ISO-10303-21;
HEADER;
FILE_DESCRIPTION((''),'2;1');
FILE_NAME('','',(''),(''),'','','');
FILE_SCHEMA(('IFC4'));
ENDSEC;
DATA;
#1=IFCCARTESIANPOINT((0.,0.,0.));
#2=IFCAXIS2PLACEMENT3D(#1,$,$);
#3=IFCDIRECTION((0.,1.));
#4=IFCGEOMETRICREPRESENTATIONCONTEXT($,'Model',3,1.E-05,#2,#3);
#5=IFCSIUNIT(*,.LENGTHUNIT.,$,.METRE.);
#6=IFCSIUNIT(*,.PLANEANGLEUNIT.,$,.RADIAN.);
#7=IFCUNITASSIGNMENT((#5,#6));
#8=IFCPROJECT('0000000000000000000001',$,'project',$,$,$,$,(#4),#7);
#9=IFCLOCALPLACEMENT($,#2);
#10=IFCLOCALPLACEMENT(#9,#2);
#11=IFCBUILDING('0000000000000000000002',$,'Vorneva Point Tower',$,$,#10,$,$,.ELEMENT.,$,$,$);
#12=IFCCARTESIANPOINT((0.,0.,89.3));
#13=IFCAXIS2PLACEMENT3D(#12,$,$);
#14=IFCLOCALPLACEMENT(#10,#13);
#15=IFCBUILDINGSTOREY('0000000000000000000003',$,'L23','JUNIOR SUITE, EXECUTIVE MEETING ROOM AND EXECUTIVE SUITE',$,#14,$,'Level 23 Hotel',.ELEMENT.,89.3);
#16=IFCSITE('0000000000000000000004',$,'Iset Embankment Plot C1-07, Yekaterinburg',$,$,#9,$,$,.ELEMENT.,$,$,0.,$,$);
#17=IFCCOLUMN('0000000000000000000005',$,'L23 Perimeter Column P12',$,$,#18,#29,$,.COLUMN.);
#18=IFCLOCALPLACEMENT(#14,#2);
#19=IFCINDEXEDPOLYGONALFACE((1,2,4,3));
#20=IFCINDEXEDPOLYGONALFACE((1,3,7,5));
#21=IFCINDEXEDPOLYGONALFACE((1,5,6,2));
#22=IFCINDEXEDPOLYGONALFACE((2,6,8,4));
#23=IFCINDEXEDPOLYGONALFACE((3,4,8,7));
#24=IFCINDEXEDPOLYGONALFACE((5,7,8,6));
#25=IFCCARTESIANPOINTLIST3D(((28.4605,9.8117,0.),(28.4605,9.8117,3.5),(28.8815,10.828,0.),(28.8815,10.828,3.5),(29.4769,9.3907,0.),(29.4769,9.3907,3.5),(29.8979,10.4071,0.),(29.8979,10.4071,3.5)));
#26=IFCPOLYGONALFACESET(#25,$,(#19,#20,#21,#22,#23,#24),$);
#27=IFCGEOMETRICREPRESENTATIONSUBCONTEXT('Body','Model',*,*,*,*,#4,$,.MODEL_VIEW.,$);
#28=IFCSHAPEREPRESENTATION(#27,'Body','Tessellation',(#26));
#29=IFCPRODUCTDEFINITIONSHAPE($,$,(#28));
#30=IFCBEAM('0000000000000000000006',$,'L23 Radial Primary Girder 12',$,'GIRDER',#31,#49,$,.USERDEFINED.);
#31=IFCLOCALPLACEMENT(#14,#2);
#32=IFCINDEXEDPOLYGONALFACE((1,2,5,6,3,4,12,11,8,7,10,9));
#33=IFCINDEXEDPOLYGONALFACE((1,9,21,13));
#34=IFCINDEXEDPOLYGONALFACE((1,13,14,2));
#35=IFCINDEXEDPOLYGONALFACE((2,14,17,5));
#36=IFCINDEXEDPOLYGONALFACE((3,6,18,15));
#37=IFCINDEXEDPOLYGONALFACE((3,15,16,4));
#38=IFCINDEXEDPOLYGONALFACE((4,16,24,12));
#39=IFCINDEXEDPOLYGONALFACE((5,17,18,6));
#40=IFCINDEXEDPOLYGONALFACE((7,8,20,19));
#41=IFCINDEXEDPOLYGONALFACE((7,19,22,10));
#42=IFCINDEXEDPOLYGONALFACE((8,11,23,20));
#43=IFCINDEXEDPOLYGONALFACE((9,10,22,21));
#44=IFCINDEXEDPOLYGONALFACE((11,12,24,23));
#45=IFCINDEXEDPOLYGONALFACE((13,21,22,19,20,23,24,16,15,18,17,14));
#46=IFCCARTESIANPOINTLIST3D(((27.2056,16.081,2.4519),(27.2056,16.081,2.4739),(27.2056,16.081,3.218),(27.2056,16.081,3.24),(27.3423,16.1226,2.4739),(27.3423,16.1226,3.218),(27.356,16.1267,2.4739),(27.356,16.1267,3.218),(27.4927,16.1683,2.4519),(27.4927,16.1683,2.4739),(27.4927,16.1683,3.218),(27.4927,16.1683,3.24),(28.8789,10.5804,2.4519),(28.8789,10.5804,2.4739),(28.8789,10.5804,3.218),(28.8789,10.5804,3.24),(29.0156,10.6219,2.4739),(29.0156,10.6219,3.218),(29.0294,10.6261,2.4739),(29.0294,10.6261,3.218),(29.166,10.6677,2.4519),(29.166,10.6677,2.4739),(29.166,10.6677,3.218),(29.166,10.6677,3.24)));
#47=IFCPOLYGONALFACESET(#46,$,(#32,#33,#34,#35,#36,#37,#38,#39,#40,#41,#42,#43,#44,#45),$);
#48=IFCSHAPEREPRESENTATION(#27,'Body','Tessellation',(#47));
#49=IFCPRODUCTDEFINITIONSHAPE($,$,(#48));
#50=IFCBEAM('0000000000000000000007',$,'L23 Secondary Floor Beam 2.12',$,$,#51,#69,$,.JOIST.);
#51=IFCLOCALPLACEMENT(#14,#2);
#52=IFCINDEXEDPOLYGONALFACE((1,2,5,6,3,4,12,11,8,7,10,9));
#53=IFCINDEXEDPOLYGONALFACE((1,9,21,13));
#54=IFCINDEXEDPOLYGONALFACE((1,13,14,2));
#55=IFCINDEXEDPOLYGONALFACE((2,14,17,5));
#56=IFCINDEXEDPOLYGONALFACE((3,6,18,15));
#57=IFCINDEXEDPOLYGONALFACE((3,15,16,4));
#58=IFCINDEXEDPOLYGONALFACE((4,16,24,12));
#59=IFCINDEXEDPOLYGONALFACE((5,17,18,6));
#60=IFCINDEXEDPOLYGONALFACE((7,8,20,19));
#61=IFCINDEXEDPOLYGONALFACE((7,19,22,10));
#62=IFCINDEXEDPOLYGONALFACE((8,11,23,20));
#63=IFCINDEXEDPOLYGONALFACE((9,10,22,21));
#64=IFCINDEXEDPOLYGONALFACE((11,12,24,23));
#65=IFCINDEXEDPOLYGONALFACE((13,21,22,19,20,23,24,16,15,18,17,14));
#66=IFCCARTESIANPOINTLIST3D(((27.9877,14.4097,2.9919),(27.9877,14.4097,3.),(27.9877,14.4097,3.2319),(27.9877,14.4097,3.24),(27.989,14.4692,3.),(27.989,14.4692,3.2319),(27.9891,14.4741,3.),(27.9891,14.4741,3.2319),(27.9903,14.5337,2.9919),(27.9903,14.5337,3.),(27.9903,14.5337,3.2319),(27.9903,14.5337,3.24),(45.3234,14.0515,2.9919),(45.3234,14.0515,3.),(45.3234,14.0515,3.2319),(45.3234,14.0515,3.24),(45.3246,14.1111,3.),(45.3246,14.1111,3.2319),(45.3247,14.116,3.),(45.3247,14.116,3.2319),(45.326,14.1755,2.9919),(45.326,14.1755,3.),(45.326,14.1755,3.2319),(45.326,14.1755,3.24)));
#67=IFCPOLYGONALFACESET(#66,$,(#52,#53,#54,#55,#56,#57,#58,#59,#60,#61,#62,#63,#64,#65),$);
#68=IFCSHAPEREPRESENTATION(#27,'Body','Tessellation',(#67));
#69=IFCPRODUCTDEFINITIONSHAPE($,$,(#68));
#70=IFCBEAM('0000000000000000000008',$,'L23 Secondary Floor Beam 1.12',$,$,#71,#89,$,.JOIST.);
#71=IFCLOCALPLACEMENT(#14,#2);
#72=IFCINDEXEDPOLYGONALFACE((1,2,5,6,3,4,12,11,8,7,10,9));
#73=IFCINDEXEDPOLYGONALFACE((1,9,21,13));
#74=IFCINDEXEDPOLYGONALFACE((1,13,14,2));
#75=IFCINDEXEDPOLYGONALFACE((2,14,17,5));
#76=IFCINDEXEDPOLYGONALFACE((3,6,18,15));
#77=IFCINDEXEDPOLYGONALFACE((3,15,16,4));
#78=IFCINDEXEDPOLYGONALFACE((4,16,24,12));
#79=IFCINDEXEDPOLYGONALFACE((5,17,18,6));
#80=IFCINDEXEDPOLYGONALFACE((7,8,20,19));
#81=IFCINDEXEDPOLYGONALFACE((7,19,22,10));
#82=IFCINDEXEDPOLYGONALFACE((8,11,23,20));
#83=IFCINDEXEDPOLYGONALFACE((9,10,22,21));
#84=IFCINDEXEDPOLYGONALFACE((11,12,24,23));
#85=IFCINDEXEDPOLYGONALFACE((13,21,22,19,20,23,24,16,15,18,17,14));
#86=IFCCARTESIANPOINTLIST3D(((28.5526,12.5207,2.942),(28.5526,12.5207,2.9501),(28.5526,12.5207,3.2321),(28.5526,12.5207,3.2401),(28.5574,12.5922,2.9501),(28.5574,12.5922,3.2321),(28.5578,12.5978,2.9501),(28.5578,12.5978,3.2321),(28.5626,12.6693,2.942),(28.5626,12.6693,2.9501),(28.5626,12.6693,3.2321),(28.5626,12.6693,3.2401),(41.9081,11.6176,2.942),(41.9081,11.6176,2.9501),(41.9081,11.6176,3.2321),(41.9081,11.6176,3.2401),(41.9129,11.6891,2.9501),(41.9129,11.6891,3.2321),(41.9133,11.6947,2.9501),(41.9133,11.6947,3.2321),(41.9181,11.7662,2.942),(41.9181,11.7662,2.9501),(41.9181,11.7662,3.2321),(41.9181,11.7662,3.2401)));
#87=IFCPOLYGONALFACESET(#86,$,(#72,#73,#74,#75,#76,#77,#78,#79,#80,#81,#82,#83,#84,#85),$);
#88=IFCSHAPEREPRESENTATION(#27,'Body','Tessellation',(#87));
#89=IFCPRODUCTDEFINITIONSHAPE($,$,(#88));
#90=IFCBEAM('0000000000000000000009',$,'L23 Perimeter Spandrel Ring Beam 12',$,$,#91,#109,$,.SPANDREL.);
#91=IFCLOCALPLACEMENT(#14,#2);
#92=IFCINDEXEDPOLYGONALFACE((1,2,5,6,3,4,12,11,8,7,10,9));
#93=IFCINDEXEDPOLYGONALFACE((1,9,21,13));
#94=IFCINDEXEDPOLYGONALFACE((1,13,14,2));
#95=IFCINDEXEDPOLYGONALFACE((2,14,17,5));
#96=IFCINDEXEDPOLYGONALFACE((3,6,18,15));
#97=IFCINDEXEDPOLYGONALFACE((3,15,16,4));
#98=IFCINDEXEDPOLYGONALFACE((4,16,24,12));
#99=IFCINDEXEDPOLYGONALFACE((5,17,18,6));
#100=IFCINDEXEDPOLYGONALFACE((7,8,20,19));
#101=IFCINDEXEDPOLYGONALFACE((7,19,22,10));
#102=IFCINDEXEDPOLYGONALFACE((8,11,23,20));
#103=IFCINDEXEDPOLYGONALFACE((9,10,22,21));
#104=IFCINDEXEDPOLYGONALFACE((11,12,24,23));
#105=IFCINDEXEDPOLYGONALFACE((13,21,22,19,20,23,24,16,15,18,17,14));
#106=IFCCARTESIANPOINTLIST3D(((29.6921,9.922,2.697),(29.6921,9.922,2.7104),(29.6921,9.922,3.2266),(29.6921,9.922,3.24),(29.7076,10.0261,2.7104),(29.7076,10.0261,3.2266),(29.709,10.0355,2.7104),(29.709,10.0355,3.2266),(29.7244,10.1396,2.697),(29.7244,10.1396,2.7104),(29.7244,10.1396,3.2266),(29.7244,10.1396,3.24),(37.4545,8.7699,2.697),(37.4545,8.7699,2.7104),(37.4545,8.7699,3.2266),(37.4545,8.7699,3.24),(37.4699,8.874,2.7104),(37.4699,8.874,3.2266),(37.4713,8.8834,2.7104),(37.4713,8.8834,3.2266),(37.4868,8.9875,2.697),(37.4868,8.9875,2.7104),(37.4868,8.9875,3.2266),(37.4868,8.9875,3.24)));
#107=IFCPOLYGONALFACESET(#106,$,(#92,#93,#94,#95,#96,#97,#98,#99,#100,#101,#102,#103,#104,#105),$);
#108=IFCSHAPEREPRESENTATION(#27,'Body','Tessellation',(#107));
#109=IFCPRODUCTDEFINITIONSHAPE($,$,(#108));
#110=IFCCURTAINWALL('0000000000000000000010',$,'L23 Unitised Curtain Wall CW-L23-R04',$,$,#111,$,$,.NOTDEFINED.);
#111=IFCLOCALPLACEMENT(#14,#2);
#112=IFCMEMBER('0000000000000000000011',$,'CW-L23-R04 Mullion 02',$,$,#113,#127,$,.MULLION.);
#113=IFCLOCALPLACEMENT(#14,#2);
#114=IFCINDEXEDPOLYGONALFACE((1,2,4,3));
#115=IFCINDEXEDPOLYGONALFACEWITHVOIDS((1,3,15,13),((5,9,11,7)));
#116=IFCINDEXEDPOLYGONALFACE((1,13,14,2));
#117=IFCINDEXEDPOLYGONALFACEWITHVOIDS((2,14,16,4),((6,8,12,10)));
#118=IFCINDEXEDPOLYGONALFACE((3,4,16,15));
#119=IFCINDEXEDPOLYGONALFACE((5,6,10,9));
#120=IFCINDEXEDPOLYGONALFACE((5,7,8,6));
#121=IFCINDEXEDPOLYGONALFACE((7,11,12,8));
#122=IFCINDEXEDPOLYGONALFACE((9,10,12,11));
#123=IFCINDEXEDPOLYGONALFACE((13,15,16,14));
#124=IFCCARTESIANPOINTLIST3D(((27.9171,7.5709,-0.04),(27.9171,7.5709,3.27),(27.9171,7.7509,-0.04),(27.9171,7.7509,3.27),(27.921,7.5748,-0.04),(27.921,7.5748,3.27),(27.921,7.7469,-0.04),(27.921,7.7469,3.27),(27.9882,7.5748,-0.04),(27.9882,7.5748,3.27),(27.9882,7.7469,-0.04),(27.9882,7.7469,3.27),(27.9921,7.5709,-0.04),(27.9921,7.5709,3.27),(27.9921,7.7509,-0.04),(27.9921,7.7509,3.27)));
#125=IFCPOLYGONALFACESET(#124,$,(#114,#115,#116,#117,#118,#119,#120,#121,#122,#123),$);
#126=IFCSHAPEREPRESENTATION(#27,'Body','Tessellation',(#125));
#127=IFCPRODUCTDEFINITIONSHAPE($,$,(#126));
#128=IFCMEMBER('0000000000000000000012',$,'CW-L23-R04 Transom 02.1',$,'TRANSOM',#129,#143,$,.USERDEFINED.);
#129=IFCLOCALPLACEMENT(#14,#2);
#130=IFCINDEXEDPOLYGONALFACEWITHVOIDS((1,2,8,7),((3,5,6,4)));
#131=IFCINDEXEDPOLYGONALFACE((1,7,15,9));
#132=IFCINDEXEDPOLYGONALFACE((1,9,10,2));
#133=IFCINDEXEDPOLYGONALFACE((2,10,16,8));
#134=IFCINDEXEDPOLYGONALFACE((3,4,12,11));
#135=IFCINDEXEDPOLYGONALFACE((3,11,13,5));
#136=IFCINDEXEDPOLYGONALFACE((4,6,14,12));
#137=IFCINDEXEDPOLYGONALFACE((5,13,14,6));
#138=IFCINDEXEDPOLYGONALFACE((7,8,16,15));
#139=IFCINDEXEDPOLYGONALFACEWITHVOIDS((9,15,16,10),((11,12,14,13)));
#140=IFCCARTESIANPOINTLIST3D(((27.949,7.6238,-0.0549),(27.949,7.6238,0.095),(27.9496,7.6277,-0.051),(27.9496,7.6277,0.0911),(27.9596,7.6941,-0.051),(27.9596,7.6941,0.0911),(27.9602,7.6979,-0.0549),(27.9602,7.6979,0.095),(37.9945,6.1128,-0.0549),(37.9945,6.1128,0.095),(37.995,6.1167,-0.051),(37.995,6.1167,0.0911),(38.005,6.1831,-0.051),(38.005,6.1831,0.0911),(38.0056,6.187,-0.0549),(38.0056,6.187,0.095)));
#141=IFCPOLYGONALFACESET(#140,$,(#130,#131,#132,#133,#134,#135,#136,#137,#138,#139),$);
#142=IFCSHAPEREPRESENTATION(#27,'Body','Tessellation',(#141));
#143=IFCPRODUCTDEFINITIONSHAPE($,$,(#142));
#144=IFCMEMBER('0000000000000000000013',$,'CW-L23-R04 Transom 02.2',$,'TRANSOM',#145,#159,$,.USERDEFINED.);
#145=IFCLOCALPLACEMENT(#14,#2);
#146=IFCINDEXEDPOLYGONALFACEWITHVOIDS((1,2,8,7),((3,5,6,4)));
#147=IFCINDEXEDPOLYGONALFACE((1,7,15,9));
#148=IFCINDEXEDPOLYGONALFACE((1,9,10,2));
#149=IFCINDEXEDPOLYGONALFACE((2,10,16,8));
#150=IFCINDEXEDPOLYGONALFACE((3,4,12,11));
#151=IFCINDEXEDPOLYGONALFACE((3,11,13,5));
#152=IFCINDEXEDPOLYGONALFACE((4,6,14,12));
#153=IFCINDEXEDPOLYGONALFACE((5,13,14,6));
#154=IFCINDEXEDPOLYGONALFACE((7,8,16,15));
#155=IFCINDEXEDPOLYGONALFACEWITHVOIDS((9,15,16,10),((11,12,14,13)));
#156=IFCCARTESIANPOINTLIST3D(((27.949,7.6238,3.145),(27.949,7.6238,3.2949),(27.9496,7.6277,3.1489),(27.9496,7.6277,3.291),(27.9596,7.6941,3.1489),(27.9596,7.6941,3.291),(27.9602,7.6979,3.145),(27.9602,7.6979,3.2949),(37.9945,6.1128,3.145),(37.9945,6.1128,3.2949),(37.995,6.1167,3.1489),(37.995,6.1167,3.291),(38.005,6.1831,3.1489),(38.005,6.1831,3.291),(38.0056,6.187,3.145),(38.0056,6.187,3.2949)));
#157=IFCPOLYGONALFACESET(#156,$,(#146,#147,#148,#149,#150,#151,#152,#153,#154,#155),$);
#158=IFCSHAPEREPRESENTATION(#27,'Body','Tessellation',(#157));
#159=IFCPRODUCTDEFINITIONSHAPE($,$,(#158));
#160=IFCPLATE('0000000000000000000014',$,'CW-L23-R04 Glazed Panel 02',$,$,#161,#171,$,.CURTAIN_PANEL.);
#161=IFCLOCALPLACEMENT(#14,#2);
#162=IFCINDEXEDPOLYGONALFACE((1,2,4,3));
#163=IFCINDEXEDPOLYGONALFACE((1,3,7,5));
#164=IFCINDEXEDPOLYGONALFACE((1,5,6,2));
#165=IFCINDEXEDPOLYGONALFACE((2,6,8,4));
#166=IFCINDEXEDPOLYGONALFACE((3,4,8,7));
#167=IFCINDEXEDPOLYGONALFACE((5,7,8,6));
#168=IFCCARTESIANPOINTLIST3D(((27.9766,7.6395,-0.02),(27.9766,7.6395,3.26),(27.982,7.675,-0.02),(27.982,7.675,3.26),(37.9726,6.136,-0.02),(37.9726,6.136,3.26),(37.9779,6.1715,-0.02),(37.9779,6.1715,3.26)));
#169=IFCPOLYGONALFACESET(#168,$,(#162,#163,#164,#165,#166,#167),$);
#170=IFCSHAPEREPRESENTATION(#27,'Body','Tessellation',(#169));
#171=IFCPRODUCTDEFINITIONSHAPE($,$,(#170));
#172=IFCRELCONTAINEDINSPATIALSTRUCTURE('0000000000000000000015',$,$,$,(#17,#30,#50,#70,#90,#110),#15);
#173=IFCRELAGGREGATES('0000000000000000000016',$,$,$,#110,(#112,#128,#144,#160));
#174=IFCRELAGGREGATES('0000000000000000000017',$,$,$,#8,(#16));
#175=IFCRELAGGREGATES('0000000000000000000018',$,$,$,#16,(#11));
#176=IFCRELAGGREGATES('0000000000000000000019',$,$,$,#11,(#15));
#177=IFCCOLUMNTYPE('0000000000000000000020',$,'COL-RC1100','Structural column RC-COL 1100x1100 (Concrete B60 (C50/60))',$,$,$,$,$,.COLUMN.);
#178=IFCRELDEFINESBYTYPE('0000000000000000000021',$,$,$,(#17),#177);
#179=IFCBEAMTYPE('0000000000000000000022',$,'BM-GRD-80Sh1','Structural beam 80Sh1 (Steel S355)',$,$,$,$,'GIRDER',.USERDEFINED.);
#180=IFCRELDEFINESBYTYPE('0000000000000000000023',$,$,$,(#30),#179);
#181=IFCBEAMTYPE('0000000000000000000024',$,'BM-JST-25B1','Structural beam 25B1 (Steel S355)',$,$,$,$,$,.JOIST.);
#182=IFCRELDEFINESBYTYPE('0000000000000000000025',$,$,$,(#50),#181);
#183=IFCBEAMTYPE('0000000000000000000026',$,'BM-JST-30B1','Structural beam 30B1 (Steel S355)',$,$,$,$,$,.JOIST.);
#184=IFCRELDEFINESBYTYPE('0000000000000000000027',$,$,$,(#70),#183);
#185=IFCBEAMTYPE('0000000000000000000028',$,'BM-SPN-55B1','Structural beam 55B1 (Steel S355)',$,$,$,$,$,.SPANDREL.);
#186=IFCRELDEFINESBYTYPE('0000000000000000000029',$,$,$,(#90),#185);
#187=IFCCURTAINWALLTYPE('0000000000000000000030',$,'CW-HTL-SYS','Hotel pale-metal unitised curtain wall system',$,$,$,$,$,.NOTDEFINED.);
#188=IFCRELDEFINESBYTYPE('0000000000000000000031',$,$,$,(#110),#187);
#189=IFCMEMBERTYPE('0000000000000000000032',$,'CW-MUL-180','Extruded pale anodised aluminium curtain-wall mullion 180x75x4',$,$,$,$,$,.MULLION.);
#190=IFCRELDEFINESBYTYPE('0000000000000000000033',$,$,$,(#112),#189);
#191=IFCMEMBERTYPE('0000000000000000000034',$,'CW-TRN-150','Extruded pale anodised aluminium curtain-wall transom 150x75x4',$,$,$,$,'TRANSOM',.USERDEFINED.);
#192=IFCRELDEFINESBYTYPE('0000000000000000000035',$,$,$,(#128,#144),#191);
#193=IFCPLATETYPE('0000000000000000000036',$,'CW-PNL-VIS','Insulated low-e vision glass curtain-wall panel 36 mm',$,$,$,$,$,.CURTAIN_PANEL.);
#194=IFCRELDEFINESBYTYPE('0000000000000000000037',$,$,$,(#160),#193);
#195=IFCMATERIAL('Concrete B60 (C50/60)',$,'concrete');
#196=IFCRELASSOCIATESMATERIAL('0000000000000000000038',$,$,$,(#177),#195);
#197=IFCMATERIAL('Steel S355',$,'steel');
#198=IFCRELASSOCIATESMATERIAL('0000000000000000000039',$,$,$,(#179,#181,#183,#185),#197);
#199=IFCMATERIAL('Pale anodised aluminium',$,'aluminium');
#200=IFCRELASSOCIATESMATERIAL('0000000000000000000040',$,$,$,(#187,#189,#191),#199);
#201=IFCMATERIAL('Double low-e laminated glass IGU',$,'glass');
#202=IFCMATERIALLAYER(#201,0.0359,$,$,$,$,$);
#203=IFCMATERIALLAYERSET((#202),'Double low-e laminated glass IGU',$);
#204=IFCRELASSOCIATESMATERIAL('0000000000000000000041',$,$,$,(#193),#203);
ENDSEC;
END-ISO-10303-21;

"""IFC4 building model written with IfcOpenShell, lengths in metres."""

from ifc_helpers import new_model, si_unit, direction, frame, origin, origin_2d, place, context, subcontext, project, spatial, rectangle, hollow_rectangle, i_section, extrude, material, layer, layer_set, material_profile, profile_set, type_object, element, aggregate, save


model = new_model("IFC4")

# Units and contexts
model_context = context("Model", 3, precision=1e-05, world=origin(), true_north=direction((0.0, 1.0)))
body_context = subcontext(model_context, "Body", "Model", "MODEL_VIEW")
ifc_project = project(units=[si_unit("LENGTHUNIT", "METRE"), si_unit("PLANEANGLEUNIT", "RADIAN")], contexts=[model_context])

# Site, building, storey
site_placement = place(None, origin())
site = spatial("IfcSite", under=ifc_project, at=site_placement, Name="Iset Embankment Plot C1-07, Yekaterinburg", CompositionType="ELEMENT", RefElevation=0.0)
building_placement = place(site_placement, origin())
building = spatial("IfcBuilding", under=site, at=building_placement, Name="Vorneva Point Tower", CompositionType="ELEMENT")
storey_placement = place(building_placement, frame((0.0, 0.0, 89.3)))
storey = spatial("IfcBuildingStorey", under=building, at=storey_placement, Name="L23", Description="JUNIOR SUITE, EXECUTIVE MEETING ROOM AND EXECUTIVE SUITE", LongName="Level 23 Hotel", CompositionType="ELEMENT", Elevation=89.3)

# Column
ifc_material_1 = material(Name="Concrete B60 (C50/60)", Category="concrete")
ifc_material_profile_1 = material_profile(ifc_material_1, rectangle(XDim=1.1001, YDim=1.1001, at=origin_2d()), Name="RC-COL 1100x1100")
ifc_profile_set_1 = profile_set([ifc_material_profile_1], Name="Concrete B60 (C50/60)")
column_type = type_object("IfcColumnType", Name="COL-RC1100", Description="Structural column RC-COL 1100x1100 (Concrete B60 (C50/60))", PredefinedType="COLUMN", material=ifc_profile_set_1)
column_placement = place(storey_placement, frame((29.1792, 10.1094, 0.0), z_axis=(0.0, 0.0, 1.0), x_axis=(-0.382683, -0.92388, 0.0)))
element("IfcColumn", 1, at=column_placement, inside=storey, type_object=column_type, Name="L23 Perimeter Column P12", PredefinedType="COLUMN", context=body_context, shape_type="SweptSolid", body=[
    extrude(rectangle(XDim=1.1001, YDim=1.1001, at=origin_2d()), origin(), (0.0, 0.0, 1.0), 3.5),
])

# Beams
ifc_material_2 = material(Name="Steel S355", Category="steel")
ifc_material_profile_2 = material_profile(ifc_material_2, i_section(OverallWidth=0.3, OverallDepth=0.7881, WebThickness=0.0144, FlangeThickness=0.022, at=origin_2d()), Name="80Sh1")
ifc_profile_set_2 = profile_set([ifc_material_profile_2], Name="Steel S355")
beam_type_1 = type_object("IfcBeamType", Name="BM-GRD-80Sh1", Description="Structural beam 80Sh1 (Steel S355)", ElementType="GIRDER", PredefinedType="USERDEFINED", material=ifc_profile_set_2)
beam_1_placement = place(storey_placement, frame((29.0225, 10.624, 2.8459), z_axis=(-0.291035, 0.956712, 0.0), x_axis=(-0.956712, -0.291035, 0.0)))
element("IfcBeam", 2, at=beam_1_placement, inside=storey, type_object=beam_type_1, Name="L23 Radial Primary Girder 12", ObjectType="GIRDER", PredefinedType="USERDEFINED", context=body_context, shape_type="SweptSolid", body=[
    extrude(i_section(OverallWidth=0.3, OverallDepth=0.7881, WebThickness=0.0144, FlangeThickness=0.022, at=origin_2d()), origin(), (0.0, 0.0, 1.0), 5.7495),
])
ifc_material_profile_3 = material_profile(ifc_material_2, i_section(OverallWidth=0.124, OverallDepth=0.248, WebThickness=0.0049, FlangeThickness=0.0081, at=origin_2d()), Name="25B1")
ifc_profile_set_3 = profile_set([ifc_material_profile_3], Name="Steel S355")
beam_type_2 = type_object("IfcBeamType", Name="BM-JST-25B1", Description="Structural beam 25B1 (Steel S355)", PredefinedType="JOIST", material=ifc_profile_set_3)
beam_2_placement = place(storey_placement, frame((27.989, 14.4717, 3.116), z_axis=(0.999787, -0.020656, 0.0), x_axis=(0.020656, 0.999787, 0.0)))
element("IfcBeam", 3, at=beam_2_placement, inside=storey, type_object=beam_type_2, Name="L23 Secondary Floor Beam 2.12", PredefinedType="JOIST", context=body_context, shape_type="SweptSolid", body=[
    extrude(i_section(OverallWidth=0.124, OverallDepth=0.248, WebThickness=0.0049, FlangeThickness=0.0081, at=origin_2d()), origin(), (0.0, 0.0, 1.0), 17.3394),
])
ifc_material_profile_4 = material_profile(ifc_material_2, i_section(OverallWidth=0.1489, OverallDepth=0.2981, WebThickness=0.0056, FlangeThickness=0.0081, at=origin_2d()), Name="30B1")
ifc_profile_set_4 = profile_set([ifc_material_profile_4], Name="Steel S355")
beam_type_3 = type_object("IfcBeamType", Name="BM-JST-30B1", Description="Structural beam 30B1 (Steel S355)", PredefinedType="JOIST", material=ifc_profile_set_4)
beam_3_placement = place(storey_placement, frame((28.5576, 12.595, 3.0911), z_axis=(0.997722, -0.067464, 0.0), x_axis=(0.067464, 0.997722, 0.0)))
element("IfcBeam", 4, at=beam_3_placement, inside=storey, type_object=beam_type_3, Name="L23 Secondary Floor Beam 1.12", PredefinedType="JOIST", context=body_context, shape_type="SweptSolid", body=[
    extrude(i_section(OverallWidth=0.1489, OverallDepth=0.2981, WebThickness=0.0056, FlangeThickness=0.0081, at=origin_2d()), origin(), (0.0, 0.0, 1.0), 13.386),
])
ifc_material_profile_5 = material_profile(ifc_material_2, i_section(OverallWidth=0.22, OverallDepth=0.543, WebThickness=0.0095, FlangeThickness=0.0134, at=origin_2d()), Name="55B1")
ifc_profile_set_5 = profile_set([ifc_material_profile_5], Name="Steel S355")
beam_type_4 = type_object("IfcBeamType", Name="BM-SPN-55B1", Description="Structural beam 55B1 (Steel S355)", PredefinedType="SPANDREL", material=ifc_profile_set_5)
beam_4_placement = place(storey_placement, frame((29.7083, 10.0308, 2.9685), z_axis=(0.989165, -0.146811, 0.0), x_axis=(0.146811, 0.989165, 0.0)))
element("IfcBeam", 5, at=beam_4_placement, inside=storey, type_object=beam_type_4, Name="L23 Perimeter Spandrel Ring Beam 12", PredefinedType="SPANDREL", context=body_context, shape_type="SweptSolid", body=[
    extrude(i_section(OverallWidth=0.22, OverallDepth=0.543, WebThickness=0.0095, FlangeThickness=0.0134, at=origin_2d()), origin(), (0.0, 0.0, 1.0), 7.8474),
])

# Curtain wall, members, plate
ifc_material_3 = material(Name="Pale anodised aluminium", Category="aluminium")
curtain_wall_type = type_object("IfcCurtainWallType", Name="CW-HTL-SYS", Description="Hotel pale-metal unitised curtain wall system", PredefinedType="NOTDEFINED", material=ifc_material_3)
curtain_wall_placement = place(storey_placement, origin())
curtain_wall = element("IfcCurtainWall", 6, at=curtain_wall_placement, inside=storey, type_object=curtain_wall_type, Name="L23 Unitised Curtain Wall CW-L23-R04", PredefinedType="NOTDEFINED")
ifc_material_profile_6 = material_profile(ifc_material_3, hollow_rectangle(XDim=0.075, YDim=0.1799, WallThickness=0.0039, at=origin_2d()), Name="AL-MUL 180x75x4")
ifc_profile_set_6 = profile_set([ifc_material_profile_6], Name="Pale anodised aluminium")
member_type_1 = type_object("IfcMemberType", Name="CW-MUL-180", Description="Extruded pale anodised aluminium curtain-wall mullion 180x75x4", PredefinedType="MULLION", material=ifc_profile_set_6)
member_1_placement = place(storey_placement, frame((27.9546, 7.6609, -0.04), z_axis=(0.0, 0.0, 1.0), x_axis=(1.0, 0.0, 0.0)))
member_1 = element("IfcMember", 7, at=member_1_placement, type_object=member_type_1, Name="CW-L23-R04 Mullion 02", PredefinedType="MULLION", context=body_context, shape_type="SweptSolid", body=[
    extrude(hollow_rectangle(XDim=0.075, YDim=0.1799, WallThickness=0.0039, at=origin_2d()), origin(), (0.0, 0.0, 1.0), 3.3101),
])
ifc_material_profile_7 = material_profile(ifc_material_3, hollow_rectangle(XDim=0.075, YDim=0.1499, WallThickness=0.0039, at=origin_2d()), Name="AL-TRN 150x75x4")
ifc_profile_set_7 = profile_set([ifc_material_profile_7], Name="Pale anodised aluminium")
member_type_2 = type_object("IfcMemberType", Name="CW-TRN-150", Description="Extruded pale anodised aluminium curtain-wall transom 150x75x4", ElementType="TRANSOM", PredefinedType="USERDEFINED", material=ifc_profile_set_7)
member_2_placement = place(storey_placement, frame((27.9546, 7.6609, 0.02), z_axis=(0.988876, -0.148742, 0.0), x_axis=(0.148742, 0.988876, 0.0)))
member_2 = element("IfcMember", 8, at=member_2_placement, type_object=member_type_2, Name="CW-L23-R04 Transom 02.1", ObjectType="TRANSOM", PredefinedType="USERDEFINED", context=body_context, shape_type="SweptSolid", body=[
    extrude(hollow_rectangle(XDim=0.075, YDim=0.1499, WallThickness=0.0039, at=origin_2d()), origin(), (0.0, 0.0, 1.0), 10.1584),
])
member_3_placement = place(storey_placement, frame((27.9546, 7.6609, 3.22), z_axis=(0.988876, -0.148742, 0.0), x_axis=(0.148742, 0.988876, 0.0)))
member_3 = element("IfcMember", 9, at=member_3_placement, type_object=member_type_2, Name="CW-L23-R04 Transom 02.2", ObjectType="TRANSOM", PredefinedType="USERDEFINED", context=body_context, shape_type="SweptSolid", body=[
    extrude(hollow_rectangle(XDim=0.075, YDim=0.1499, WallThickness=0.0039, at=origin_2d()), origin(), (0.0, 0.0, 1.0), 10.1584),
])
ifc_material_4 = material(Name="Double low-e laminated glass IGU", Category="glass")
ifc_layer_1 = layer(ifc_material_4, 0.0359)
ifc_layer_set_1 = layer_set([ifc_layer_1], Name="Double low-e laminated glass IGU")
plate_type = type_object("IfcPlateType", Name="CW-PNL-VIS", Description="Insulated low-e vision glass curtain-wall panel 36 mm", PredefinedType="CURTAIN_PANEL", material=ifc_layer_set_1)
plate_placement = place(storey_placement, frame((32.9773, 6.9055, -0.02), z_axis=(0.0, 0.0, 1.0), x_axis=(0.988876, -0.148741, 0.0)))
plate = element("IfcPlate", 10, at=plate_placement, type_object=plate_type, Name="CW-L23-R04 Glazed Panel 02", PredefinedType="CURTAIN_PANEL", context=body_context, shape_type="SweptSolid", body=[
    extrude(rectangle(XDim=10.1084, YDim=0.0359, at=origin_2d()), origin(), (0.0, 0.0, 1.0), 3.28),
])
aggregate(curtain_wall, [member_1, member_2, member_3, plate])

save(model, "model.ifc")
